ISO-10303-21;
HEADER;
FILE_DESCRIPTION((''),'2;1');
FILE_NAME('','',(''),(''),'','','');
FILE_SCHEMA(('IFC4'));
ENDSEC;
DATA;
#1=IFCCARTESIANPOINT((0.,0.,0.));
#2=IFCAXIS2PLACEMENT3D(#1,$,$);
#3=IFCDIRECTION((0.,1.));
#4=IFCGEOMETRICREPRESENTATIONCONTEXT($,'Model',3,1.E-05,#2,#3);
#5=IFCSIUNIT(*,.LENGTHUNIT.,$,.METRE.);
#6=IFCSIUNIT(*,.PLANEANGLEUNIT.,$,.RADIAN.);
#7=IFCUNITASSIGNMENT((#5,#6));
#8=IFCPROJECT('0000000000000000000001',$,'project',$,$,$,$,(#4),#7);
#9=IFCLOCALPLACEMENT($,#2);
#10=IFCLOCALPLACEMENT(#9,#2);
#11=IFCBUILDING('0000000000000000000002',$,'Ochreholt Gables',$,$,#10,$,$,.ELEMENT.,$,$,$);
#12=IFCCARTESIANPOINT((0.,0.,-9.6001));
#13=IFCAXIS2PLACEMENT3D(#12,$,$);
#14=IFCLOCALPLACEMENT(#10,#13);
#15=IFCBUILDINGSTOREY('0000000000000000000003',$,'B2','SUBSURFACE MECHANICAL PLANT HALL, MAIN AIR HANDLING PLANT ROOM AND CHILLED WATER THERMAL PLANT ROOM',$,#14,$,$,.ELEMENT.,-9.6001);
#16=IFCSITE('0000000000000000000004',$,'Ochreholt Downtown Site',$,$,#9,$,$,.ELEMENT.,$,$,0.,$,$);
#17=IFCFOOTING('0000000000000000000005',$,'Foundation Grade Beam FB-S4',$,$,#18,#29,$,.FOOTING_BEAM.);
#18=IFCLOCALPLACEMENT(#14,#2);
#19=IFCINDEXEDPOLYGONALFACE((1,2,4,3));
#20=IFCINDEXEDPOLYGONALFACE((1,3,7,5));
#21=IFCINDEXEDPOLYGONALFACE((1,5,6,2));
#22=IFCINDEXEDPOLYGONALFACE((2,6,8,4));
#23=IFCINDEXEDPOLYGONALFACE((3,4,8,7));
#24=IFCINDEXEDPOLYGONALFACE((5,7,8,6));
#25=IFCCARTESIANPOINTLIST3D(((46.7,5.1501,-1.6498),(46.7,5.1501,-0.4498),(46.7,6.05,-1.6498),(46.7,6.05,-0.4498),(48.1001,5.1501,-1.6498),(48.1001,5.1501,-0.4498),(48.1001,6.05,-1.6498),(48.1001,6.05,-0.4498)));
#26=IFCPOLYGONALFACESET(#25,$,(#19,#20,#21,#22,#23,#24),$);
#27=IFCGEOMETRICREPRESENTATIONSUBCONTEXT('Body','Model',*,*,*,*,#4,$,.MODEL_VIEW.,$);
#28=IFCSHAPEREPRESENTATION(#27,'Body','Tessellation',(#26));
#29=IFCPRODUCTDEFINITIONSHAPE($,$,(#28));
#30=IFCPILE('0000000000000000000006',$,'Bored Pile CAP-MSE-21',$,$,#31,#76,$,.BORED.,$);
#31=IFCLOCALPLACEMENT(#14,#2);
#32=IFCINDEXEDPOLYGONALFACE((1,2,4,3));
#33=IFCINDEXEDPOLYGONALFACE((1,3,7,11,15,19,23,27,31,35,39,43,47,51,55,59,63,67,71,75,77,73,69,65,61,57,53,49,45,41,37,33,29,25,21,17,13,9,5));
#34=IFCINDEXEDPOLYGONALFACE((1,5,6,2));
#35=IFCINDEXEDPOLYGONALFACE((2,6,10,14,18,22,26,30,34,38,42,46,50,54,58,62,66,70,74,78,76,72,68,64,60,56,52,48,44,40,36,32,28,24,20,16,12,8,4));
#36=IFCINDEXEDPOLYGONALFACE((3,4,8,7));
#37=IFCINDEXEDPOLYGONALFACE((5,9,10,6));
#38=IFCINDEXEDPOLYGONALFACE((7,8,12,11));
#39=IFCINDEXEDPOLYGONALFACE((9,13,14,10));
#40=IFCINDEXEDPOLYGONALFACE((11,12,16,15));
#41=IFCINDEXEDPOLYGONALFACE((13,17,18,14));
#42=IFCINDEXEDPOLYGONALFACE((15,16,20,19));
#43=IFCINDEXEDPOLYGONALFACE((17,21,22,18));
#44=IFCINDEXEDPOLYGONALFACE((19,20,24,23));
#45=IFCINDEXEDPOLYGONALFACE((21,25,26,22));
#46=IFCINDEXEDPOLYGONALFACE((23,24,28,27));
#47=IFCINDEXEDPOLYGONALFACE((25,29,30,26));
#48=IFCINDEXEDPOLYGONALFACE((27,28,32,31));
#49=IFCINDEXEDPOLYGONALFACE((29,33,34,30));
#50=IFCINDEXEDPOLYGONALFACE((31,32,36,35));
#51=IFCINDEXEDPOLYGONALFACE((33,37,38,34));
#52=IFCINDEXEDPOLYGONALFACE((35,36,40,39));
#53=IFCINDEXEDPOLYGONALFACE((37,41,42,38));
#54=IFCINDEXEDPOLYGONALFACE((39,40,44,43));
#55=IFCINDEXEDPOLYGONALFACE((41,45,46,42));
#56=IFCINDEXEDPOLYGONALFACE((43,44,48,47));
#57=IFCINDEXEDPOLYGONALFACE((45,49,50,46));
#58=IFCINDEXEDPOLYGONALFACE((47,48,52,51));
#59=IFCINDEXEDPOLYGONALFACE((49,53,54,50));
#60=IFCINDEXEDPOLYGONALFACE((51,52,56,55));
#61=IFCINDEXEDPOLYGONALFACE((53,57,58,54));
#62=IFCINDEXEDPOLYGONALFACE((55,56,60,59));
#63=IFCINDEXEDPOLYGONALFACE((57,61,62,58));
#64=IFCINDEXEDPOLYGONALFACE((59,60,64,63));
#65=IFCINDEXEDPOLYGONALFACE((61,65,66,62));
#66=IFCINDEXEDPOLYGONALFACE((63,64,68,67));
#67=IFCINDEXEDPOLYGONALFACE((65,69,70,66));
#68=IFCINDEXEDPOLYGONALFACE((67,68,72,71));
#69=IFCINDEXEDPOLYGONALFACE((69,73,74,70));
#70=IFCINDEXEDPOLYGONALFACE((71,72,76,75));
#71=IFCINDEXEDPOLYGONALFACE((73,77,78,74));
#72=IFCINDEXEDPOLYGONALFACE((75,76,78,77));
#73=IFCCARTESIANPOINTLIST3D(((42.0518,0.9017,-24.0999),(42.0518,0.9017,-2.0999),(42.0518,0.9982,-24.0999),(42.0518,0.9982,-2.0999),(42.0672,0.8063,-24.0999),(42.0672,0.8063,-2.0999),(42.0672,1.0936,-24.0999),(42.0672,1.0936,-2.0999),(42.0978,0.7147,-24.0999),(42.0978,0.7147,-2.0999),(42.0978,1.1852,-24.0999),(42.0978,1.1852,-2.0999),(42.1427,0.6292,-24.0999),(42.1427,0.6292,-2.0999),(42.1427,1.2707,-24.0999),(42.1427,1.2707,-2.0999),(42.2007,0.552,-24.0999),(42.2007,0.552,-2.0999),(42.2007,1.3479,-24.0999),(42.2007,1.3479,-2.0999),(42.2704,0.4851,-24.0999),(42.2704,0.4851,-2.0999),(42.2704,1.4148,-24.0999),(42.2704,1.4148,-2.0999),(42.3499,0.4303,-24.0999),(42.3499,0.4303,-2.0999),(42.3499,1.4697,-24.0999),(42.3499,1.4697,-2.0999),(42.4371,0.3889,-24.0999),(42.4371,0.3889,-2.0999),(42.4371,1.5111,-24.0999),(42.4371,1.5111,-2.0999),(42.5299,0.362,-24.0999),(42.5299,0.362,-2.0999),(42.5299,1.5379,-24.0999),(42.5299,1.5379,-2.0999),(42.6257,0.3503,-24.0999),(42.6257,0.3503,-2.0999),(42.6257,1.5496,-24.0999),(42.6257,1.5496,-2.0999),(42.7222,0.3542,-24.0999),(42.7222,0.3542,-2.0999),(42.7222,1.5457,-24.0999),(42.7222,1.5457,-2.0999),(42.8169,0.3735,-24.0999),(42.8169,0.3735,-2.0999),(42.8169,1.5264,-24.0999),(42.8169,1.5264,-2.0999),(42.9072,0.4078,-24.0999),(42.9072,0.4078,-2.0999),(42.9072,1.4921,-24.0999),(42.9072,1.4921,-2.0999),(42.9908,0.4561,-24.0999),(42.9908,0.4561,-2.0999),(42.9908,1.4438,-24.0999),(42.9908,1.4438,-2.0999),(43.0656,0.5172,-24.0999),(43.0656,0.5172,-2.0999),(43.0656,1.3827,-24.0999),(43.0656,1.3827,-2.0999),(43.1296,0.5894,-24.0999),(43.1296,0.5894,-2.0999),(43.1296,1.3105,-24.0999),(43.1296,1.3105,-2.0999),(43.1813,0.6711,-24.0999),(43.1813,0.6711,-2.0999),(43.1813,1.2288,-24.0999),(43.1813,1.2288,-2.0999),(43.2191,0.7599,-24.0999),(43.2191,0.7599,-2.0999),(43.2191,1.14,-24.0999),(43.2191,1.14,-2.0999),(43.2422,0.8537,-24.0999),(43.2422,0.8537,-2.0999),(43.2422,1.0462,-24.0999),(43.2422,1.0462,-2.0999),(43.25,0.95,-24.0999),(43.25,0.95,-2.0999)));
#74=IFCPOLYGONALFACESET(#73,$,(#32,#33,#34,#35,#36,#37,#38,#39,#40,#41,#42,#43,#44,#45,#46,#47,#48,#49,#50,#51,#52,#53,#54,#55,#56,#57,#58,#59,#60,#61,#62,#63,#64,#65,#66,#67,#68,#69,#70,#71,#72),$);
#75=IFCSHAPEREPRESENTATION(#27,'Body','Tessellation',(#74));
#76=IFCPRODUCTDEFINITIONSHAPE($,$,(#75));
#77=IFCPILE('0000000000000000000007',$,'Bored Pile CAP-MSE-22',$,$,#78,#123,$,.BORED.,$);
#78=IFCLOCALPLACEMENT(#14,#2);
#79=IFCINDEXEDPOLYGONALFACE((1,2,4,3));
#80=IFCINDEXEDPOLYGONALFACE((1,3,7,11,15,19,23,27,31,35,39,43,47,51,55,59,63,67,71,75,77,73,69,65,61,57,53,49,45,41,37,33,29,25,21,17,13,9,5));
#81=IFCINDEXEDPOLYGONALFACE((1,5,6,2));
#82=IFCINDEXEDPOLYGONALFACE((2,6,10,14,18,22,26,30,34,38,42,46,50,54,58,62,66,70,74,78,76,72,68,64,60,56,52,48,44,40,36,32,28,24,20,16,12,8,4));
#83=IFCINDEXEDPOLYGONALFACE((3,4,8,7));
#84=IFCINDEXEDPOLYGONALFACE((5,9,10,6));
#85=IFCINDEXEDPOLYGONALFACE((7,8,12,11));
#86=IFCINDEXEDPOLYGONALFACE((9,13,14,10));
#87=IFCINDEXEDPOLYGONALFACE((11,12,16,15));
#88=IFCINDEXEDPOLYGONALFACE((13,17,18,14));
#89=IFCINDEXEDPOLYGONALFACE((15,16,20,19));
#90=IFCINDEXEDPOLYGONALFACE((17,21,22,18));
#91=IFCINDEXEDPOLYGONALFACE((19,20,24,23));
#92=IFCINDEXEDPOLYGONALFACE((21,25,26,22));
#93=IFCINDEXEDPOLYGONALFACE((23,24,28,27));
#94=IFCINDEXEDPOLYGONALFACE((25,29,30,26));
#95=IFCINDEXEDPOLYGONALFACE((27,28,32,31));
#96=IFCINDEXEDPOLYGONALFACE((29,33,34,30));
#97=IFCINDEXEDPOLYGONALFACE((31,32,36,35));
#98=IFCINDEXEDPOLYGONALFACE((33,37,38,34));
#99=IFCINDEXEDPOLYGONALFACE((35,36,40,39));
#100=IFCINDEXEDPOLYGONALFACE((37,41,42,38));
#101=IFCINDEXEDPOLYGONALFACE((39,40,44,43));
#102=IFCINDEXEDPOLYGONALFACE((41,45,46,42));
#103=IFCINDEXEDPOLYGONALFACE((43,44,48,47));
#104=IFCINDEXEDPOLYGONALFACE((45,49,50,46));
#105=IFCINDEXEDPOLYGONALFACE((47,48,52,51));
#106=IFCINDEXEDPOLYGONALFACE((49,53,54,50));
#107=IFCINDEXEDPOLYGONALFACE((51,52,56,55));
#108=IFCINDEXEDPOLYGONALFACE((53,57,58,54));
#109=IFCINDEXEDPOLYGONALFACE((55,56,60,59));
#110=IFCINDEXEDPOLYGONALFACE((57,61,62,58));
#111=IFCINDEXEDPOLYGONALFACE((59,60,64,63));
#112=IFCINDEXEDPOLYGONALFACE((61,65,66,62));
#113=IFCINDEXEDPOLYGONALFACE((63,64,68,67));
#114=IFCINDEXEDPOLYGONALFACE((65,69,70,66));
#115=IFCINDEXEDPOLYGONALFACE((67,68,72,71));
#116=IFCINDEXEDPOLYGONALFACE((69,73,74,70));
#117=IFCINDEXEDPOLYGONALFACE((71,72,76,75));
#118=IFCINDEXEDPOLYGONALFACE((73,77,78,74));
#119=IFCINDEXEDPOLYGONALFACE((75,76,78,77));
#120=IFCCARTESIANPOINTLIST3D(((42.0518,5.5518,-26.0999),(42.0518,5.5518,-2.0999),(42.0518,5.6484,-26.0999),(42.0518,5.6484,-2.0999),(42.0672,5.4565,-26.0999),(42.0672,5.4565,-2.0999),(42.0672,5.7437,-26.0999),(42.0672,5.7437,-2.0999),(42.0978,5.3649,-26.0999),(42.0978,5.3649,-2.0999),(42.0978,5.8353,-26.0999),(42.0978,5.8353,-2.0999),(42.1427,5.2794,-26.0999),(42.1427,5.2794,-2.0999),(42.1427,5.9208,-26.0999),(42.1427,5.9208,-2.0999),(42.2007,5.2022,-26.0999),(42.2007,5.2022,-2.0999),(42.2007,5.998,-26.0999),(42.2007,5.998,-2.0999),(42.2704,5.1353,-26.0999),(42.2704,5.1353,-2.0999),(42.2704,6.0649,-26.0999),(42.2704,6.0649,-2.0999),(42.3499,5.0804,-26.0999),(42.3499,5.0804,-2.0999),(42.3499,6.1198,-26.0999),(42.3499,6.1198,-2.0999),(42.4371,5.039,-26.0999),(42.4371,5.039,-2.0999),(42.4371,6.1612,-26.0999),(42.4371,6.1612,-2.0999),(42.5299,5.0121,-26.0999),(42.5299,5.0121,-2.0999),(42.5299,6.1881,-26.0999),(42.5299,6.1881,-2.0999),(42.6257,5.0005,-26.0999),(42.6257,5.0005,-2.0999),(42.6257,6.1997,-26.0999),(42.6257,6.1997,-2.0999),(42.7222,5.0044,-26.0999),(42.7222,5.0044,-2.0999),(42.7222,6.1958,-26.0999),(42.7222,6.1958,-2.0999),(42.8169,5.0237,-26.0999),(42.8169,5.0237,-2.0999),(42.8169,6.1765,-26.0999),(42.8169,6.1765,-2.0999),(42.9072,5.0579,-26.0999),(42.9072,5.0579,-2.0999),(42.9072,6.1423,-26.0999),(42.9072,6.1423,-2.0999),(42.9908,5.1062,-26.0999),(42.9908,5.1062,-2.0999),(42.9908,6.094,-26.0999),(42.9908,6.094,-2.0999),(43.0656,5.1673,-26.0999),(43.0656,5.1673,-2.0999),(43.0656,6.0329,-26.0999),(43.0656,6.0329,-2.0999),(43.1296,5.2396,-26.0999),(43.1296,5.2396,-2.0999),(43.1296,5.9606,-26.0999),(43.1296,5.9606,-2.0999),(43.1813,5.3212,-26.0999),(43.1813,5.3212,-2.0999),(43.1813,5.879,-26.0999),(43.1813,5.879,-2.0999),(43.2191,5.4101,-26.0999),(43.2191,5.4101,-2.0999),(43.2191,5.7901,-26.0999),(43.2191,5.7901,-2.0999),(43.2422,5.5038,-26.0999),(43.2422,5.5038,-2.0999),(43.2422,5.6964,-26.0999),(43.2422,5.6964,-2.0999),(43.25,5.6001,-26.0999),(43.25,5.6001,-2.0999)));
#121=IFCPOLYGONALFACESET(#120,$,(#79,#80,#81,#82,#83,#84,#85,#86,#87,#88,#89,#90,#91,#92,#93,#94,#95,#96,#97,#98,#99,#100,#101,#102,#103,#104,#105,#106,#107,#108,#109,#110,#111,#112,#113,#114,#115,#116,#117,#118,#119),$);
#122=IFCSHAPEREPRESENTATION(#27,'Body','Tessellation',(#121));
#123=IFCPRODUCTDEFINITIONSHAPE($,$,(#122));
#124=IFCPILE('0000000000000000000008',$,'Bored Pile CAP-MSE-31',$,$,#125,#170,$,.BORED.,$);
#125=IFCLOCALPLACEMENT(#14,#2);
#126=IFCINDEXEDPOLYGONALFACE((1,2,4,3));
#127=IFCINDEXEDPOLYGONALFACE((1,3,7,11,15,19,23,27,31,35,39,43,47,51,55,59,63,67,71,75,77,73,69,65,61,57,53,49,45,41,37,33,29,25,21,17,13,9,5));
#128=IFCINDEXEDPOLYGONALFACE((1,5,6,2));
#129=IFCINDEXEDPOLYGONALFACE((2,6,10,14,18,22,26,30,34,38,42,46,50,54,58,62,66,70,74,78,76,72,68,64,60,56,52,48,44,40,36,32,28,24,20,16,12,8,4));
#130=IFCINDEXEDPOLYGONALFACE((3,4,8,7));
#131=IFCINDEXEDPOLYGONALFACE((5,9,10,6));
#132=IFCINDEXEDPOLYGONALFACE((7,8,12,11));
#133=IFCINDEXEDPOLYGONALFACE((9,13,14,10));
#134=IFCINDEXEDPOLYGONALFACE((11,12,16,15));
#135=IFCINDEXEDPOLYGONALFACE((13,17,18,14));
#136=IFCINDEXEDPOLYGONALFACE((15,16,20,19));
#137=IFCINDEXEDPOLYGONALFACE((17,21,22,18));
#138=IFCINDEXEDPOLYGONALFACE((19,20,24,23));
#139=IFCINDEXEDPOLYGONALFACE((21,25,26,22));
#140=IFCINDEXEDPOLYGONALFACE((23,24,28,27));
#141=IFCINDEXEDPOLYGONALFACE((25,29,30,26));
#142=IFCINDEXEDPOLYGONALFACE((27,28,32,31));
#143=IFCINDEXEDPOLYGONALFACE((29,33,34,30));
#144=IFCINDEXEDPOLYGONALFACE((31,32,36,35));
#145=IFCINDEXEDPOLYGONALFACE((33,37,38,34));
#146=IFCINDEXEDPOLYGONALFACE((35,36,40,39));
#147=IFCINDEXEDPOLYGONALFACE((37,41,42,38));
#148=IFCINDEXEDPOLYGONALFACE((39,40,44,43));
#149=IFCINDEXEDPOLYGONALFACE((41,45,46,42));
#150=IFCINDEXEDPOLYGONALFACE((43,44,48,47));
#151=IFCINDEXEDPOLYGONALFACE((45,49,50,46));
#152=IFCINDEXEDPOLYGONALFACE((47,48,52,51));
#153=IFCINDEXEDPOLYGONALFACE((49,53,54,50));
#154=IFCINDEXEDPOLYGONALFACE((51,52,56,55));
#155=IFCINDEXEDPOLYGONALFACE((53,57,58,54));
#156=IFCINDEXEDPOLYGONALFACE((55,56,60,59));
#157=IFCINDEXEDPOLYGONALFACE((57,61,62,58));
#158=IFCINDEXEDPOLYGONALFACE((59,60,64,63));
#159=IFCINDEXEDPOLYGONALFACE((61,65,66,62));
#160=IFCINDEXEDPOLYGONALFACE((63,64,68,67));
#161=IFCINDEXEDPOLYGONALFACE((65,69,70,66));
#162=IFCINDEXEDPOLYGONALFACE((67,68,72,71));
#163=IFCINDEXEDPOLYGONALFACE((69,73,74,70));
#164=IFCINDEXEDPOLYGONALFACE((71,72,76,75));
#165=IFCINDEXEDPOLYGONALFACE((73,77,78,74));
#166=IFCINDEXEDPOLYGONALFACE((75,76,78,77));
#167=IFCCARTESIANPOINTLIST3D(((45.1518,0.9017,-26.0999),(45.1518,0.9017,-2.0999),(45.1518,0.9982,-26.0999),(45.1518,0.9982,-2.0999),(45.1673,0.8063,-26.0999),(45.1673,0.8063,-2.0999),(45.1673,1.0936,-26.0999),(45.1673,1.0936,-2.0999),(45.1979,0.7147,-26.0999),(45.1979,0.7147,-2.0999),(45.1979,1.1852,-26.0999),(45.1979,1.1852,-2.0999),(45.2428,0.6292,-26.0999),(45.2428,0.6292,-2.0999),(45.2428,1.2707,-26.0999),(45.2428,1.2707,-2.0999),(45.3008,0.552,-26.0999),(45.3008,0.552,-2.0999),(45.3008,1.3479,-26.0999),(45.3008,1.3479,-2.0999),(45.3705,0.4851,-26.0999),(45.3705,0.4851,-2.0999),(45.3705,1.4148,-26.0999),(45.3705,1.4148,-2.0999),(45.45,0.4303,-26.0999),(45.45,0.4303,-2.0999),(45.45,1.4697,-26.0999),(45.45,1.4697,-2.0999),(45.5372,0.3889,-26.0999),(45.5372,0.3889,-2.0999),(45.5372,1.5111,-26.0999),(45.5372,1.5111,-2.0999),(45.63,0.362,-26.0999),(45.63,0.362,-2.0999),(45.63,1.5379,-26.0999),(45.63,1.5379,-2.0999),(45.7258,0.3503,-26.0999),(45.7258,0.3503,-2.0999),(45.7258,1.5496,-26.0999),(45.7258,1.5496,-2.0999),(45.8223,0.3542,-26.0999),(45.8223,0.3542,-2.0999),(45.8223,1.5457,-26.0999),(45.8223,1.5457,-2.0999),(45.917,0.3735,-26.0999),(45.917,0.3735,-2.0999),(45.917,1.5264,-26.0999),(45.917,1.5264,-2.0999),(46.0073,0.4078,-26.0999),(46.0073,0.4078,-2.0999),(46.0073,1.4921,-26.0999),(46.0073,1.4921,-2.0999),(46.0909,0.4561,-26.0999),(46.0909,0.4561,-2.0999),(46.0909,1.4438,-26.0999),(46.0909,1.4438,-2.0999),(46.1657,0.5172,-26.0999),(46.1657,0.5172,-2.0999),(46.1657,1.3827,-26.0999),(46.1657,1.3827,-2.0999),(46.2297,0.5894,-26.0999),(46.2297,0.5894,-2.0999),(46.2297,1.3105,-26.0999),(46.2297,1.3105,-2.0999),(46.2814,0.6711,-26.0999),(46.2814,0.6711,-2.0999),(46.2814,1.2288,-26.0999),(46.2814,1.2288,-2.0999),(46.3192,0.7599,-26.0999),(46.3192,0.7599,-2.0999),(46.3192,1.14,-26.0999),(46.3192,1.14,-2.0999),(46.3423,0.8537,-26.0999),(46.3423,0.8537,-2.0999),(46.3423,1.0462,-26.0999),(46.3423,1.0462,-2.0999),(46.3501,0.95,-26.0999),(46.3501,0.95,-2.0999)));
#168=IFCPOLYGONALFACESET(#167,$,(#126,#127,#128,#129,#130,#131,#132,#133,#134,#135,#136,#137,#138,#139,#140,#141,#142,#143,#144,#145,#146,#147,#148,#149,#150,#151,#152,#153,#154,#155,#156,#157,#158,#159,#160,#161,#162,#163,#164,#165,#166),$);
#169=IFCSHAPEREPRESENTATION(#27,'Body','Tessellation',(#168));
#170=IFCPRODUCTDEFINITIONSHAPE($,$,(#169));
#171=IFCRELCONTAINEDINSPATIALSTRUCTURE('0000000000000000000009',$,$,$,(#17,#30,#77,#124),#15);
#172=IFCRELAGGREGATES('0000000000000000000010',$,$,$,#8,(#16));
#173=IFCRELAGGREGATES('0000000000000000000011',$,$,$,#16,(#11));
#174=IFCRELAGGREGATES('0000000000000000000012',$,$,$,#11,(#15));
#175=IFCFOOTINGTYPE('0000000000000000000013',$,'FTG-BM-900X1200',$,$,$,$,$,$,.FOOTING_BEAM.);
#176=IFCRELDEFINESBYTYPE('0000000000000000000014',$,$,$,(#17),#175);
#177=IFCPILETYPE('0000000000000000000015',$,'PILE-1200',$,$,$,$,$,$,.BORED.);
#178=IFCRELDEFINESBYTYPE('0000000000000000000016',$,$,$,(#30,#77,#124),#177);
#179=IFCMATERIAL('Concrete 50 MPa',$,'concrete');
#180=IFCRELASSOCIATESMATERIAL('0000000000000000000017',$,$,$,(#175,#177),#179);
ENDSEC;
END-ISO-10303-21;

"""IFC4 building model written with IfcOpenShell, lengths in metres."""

from ifc_helpers import new_model, si_unit, direction, frame, origin, origin_2d, place, context, subcontext, project, spatial, rectangle, circle, extrude, material, material_profile, profile_set, type_object, element, save


model = new_model("IFC4")

# Units and contexts
model_context = context("Model", 3, precision=1e-05, world=origin(), true_north=direction((0.0, 1.0)))
body_context = subcontext(model_context, "Body", "Model", "MODEL_VIEW")
ifc_project = project(units=[si_unit("LENGTHUNIT", "METRE"), si_unit("PLANEANGLEUNIT", "RADIAN")], contexts=[model_context])

# Site, building, storey
site_placement = place(None, origin())
site = spatial("IfcSite", under=ifc_project, at=site_placement, Name="Ochreholt Downtown Site", CompositionType="ELEMENT", RefElevation=0.0)
building_placement = place(site_placement, origin())
building = spatial("IfcBuilding", under=site, at=building_placement, Name="Ochreholt Gables", CompositionType="ELEMENT")
storey_placement = place(building_placement, frame((0.0, 0.0, -9.6001)))
storey = spatial("IfcBuildingStorey", under=building, at=storey_placement, Name="B2", Description="SUBSURFACE MECHANICAL PLANT HALL, MAIN AIR HANDLING PLANT ROOM AND CHILLED WATER THERMAL PLANT ROOM", CompositionType="ELEMENT", Elevation=-9.6001)

# Footing
ifc_material_1 = material(Name="Concrete 50 MPa", Category="concrete")
ifc_material_profile_1 = material_profile(ifc_material_1, rectangle(XDim=0.8999, YDim=1.2, at=origin_2d()), Name="FB900X1200")
ifc_profile_set_1 = profile_set([ifc_material_profile_1], Name="Concrete 50 MPa")
footing_type = type_object("IfcFootingType", Name="FTG-BM-900X1200", PredefinedType="FOOTING_BEAM", material=ifc_profile_set_1)
footing_placement = place(storey_placement, frame((46.7, 5.6001, -1.0498), z_axis=(1.0, 0.0, 0.0), x_axis=(0.0, 1.0, 0.0)))
element("IfcFooting", 1, at=footing_placement, inside=storey, type_object=footing_type, Name="Foundation Grade Beam FB-S4", PredefinedType="FOOTING_BEAM", context=body_context, shape_type="SweptSolid", body=[
    extrude(rectangle(XDim=0.8999, YDim=1.2, at=origin_2d()), origin(), (0.0, 0.0, 1.0), 1.4001),
])

# Piles
ifc_material_profile_2 = material_profile(ifc_material_1, circle(Radius=0.6001, at=origin_2d()), Name="PILE1200")
ifc_profile_set_2 = profile_set([ifc_material_profile_2], Name="Concrete 50 MPa")
pile_type = type_object("IfcPileType", Name="PILE-1200", PredefinedType="BORED", material=ifc_profile_set_2)
pile_1_placement = place(storey_placement, frame((42.6499, 0.95, -2.0999), z_axis=(0.0, 0.0, -1.0), x_axis=(1.0, 0.0, 0.0)))
element("IfcPile", 2, at=pile_1_placement, inside=storey, type_object=pile_type, Name="Bored Pile CAP-MSE-21", PredefinedType="BORED", context=body_context, shape_type="SweptSolid", body=[
    extrude(circle(Radius=0.6001, at=origin_2d()), origin(), (0.0, 0.0, 1.0), 22.0),
])
for number, where, z_axis, x_axis, name in (
    (3, (42.6499, 5.6001, -2.0999), (0.0, 0.0, -1.0), (1.0, 0.0, 0.0), "Bored Pile CAP-MSE-22"),
    (4, (45.75, 0.95, -2.0999), (0.0, 0.0, -1.0), (1.0, 0.0, 0.0), "Bored Pile CAP-MSE-31"),
):
    element("IfcPile", number, at=place(storey_placement, frame(where, z_axis=z_axis, x_axis=x_axis)), inside=storey, type_object=pile_type, Name=name, PredefinedType="BORED", context=body_context, shape_type="SweptSolid", body=[
        extrude(circle(Radius=0.6001, at=origin_2d()), origin(), (0.0, 0.0, 1.0), 24.0),
    ])

save(model, "model.ifc")
